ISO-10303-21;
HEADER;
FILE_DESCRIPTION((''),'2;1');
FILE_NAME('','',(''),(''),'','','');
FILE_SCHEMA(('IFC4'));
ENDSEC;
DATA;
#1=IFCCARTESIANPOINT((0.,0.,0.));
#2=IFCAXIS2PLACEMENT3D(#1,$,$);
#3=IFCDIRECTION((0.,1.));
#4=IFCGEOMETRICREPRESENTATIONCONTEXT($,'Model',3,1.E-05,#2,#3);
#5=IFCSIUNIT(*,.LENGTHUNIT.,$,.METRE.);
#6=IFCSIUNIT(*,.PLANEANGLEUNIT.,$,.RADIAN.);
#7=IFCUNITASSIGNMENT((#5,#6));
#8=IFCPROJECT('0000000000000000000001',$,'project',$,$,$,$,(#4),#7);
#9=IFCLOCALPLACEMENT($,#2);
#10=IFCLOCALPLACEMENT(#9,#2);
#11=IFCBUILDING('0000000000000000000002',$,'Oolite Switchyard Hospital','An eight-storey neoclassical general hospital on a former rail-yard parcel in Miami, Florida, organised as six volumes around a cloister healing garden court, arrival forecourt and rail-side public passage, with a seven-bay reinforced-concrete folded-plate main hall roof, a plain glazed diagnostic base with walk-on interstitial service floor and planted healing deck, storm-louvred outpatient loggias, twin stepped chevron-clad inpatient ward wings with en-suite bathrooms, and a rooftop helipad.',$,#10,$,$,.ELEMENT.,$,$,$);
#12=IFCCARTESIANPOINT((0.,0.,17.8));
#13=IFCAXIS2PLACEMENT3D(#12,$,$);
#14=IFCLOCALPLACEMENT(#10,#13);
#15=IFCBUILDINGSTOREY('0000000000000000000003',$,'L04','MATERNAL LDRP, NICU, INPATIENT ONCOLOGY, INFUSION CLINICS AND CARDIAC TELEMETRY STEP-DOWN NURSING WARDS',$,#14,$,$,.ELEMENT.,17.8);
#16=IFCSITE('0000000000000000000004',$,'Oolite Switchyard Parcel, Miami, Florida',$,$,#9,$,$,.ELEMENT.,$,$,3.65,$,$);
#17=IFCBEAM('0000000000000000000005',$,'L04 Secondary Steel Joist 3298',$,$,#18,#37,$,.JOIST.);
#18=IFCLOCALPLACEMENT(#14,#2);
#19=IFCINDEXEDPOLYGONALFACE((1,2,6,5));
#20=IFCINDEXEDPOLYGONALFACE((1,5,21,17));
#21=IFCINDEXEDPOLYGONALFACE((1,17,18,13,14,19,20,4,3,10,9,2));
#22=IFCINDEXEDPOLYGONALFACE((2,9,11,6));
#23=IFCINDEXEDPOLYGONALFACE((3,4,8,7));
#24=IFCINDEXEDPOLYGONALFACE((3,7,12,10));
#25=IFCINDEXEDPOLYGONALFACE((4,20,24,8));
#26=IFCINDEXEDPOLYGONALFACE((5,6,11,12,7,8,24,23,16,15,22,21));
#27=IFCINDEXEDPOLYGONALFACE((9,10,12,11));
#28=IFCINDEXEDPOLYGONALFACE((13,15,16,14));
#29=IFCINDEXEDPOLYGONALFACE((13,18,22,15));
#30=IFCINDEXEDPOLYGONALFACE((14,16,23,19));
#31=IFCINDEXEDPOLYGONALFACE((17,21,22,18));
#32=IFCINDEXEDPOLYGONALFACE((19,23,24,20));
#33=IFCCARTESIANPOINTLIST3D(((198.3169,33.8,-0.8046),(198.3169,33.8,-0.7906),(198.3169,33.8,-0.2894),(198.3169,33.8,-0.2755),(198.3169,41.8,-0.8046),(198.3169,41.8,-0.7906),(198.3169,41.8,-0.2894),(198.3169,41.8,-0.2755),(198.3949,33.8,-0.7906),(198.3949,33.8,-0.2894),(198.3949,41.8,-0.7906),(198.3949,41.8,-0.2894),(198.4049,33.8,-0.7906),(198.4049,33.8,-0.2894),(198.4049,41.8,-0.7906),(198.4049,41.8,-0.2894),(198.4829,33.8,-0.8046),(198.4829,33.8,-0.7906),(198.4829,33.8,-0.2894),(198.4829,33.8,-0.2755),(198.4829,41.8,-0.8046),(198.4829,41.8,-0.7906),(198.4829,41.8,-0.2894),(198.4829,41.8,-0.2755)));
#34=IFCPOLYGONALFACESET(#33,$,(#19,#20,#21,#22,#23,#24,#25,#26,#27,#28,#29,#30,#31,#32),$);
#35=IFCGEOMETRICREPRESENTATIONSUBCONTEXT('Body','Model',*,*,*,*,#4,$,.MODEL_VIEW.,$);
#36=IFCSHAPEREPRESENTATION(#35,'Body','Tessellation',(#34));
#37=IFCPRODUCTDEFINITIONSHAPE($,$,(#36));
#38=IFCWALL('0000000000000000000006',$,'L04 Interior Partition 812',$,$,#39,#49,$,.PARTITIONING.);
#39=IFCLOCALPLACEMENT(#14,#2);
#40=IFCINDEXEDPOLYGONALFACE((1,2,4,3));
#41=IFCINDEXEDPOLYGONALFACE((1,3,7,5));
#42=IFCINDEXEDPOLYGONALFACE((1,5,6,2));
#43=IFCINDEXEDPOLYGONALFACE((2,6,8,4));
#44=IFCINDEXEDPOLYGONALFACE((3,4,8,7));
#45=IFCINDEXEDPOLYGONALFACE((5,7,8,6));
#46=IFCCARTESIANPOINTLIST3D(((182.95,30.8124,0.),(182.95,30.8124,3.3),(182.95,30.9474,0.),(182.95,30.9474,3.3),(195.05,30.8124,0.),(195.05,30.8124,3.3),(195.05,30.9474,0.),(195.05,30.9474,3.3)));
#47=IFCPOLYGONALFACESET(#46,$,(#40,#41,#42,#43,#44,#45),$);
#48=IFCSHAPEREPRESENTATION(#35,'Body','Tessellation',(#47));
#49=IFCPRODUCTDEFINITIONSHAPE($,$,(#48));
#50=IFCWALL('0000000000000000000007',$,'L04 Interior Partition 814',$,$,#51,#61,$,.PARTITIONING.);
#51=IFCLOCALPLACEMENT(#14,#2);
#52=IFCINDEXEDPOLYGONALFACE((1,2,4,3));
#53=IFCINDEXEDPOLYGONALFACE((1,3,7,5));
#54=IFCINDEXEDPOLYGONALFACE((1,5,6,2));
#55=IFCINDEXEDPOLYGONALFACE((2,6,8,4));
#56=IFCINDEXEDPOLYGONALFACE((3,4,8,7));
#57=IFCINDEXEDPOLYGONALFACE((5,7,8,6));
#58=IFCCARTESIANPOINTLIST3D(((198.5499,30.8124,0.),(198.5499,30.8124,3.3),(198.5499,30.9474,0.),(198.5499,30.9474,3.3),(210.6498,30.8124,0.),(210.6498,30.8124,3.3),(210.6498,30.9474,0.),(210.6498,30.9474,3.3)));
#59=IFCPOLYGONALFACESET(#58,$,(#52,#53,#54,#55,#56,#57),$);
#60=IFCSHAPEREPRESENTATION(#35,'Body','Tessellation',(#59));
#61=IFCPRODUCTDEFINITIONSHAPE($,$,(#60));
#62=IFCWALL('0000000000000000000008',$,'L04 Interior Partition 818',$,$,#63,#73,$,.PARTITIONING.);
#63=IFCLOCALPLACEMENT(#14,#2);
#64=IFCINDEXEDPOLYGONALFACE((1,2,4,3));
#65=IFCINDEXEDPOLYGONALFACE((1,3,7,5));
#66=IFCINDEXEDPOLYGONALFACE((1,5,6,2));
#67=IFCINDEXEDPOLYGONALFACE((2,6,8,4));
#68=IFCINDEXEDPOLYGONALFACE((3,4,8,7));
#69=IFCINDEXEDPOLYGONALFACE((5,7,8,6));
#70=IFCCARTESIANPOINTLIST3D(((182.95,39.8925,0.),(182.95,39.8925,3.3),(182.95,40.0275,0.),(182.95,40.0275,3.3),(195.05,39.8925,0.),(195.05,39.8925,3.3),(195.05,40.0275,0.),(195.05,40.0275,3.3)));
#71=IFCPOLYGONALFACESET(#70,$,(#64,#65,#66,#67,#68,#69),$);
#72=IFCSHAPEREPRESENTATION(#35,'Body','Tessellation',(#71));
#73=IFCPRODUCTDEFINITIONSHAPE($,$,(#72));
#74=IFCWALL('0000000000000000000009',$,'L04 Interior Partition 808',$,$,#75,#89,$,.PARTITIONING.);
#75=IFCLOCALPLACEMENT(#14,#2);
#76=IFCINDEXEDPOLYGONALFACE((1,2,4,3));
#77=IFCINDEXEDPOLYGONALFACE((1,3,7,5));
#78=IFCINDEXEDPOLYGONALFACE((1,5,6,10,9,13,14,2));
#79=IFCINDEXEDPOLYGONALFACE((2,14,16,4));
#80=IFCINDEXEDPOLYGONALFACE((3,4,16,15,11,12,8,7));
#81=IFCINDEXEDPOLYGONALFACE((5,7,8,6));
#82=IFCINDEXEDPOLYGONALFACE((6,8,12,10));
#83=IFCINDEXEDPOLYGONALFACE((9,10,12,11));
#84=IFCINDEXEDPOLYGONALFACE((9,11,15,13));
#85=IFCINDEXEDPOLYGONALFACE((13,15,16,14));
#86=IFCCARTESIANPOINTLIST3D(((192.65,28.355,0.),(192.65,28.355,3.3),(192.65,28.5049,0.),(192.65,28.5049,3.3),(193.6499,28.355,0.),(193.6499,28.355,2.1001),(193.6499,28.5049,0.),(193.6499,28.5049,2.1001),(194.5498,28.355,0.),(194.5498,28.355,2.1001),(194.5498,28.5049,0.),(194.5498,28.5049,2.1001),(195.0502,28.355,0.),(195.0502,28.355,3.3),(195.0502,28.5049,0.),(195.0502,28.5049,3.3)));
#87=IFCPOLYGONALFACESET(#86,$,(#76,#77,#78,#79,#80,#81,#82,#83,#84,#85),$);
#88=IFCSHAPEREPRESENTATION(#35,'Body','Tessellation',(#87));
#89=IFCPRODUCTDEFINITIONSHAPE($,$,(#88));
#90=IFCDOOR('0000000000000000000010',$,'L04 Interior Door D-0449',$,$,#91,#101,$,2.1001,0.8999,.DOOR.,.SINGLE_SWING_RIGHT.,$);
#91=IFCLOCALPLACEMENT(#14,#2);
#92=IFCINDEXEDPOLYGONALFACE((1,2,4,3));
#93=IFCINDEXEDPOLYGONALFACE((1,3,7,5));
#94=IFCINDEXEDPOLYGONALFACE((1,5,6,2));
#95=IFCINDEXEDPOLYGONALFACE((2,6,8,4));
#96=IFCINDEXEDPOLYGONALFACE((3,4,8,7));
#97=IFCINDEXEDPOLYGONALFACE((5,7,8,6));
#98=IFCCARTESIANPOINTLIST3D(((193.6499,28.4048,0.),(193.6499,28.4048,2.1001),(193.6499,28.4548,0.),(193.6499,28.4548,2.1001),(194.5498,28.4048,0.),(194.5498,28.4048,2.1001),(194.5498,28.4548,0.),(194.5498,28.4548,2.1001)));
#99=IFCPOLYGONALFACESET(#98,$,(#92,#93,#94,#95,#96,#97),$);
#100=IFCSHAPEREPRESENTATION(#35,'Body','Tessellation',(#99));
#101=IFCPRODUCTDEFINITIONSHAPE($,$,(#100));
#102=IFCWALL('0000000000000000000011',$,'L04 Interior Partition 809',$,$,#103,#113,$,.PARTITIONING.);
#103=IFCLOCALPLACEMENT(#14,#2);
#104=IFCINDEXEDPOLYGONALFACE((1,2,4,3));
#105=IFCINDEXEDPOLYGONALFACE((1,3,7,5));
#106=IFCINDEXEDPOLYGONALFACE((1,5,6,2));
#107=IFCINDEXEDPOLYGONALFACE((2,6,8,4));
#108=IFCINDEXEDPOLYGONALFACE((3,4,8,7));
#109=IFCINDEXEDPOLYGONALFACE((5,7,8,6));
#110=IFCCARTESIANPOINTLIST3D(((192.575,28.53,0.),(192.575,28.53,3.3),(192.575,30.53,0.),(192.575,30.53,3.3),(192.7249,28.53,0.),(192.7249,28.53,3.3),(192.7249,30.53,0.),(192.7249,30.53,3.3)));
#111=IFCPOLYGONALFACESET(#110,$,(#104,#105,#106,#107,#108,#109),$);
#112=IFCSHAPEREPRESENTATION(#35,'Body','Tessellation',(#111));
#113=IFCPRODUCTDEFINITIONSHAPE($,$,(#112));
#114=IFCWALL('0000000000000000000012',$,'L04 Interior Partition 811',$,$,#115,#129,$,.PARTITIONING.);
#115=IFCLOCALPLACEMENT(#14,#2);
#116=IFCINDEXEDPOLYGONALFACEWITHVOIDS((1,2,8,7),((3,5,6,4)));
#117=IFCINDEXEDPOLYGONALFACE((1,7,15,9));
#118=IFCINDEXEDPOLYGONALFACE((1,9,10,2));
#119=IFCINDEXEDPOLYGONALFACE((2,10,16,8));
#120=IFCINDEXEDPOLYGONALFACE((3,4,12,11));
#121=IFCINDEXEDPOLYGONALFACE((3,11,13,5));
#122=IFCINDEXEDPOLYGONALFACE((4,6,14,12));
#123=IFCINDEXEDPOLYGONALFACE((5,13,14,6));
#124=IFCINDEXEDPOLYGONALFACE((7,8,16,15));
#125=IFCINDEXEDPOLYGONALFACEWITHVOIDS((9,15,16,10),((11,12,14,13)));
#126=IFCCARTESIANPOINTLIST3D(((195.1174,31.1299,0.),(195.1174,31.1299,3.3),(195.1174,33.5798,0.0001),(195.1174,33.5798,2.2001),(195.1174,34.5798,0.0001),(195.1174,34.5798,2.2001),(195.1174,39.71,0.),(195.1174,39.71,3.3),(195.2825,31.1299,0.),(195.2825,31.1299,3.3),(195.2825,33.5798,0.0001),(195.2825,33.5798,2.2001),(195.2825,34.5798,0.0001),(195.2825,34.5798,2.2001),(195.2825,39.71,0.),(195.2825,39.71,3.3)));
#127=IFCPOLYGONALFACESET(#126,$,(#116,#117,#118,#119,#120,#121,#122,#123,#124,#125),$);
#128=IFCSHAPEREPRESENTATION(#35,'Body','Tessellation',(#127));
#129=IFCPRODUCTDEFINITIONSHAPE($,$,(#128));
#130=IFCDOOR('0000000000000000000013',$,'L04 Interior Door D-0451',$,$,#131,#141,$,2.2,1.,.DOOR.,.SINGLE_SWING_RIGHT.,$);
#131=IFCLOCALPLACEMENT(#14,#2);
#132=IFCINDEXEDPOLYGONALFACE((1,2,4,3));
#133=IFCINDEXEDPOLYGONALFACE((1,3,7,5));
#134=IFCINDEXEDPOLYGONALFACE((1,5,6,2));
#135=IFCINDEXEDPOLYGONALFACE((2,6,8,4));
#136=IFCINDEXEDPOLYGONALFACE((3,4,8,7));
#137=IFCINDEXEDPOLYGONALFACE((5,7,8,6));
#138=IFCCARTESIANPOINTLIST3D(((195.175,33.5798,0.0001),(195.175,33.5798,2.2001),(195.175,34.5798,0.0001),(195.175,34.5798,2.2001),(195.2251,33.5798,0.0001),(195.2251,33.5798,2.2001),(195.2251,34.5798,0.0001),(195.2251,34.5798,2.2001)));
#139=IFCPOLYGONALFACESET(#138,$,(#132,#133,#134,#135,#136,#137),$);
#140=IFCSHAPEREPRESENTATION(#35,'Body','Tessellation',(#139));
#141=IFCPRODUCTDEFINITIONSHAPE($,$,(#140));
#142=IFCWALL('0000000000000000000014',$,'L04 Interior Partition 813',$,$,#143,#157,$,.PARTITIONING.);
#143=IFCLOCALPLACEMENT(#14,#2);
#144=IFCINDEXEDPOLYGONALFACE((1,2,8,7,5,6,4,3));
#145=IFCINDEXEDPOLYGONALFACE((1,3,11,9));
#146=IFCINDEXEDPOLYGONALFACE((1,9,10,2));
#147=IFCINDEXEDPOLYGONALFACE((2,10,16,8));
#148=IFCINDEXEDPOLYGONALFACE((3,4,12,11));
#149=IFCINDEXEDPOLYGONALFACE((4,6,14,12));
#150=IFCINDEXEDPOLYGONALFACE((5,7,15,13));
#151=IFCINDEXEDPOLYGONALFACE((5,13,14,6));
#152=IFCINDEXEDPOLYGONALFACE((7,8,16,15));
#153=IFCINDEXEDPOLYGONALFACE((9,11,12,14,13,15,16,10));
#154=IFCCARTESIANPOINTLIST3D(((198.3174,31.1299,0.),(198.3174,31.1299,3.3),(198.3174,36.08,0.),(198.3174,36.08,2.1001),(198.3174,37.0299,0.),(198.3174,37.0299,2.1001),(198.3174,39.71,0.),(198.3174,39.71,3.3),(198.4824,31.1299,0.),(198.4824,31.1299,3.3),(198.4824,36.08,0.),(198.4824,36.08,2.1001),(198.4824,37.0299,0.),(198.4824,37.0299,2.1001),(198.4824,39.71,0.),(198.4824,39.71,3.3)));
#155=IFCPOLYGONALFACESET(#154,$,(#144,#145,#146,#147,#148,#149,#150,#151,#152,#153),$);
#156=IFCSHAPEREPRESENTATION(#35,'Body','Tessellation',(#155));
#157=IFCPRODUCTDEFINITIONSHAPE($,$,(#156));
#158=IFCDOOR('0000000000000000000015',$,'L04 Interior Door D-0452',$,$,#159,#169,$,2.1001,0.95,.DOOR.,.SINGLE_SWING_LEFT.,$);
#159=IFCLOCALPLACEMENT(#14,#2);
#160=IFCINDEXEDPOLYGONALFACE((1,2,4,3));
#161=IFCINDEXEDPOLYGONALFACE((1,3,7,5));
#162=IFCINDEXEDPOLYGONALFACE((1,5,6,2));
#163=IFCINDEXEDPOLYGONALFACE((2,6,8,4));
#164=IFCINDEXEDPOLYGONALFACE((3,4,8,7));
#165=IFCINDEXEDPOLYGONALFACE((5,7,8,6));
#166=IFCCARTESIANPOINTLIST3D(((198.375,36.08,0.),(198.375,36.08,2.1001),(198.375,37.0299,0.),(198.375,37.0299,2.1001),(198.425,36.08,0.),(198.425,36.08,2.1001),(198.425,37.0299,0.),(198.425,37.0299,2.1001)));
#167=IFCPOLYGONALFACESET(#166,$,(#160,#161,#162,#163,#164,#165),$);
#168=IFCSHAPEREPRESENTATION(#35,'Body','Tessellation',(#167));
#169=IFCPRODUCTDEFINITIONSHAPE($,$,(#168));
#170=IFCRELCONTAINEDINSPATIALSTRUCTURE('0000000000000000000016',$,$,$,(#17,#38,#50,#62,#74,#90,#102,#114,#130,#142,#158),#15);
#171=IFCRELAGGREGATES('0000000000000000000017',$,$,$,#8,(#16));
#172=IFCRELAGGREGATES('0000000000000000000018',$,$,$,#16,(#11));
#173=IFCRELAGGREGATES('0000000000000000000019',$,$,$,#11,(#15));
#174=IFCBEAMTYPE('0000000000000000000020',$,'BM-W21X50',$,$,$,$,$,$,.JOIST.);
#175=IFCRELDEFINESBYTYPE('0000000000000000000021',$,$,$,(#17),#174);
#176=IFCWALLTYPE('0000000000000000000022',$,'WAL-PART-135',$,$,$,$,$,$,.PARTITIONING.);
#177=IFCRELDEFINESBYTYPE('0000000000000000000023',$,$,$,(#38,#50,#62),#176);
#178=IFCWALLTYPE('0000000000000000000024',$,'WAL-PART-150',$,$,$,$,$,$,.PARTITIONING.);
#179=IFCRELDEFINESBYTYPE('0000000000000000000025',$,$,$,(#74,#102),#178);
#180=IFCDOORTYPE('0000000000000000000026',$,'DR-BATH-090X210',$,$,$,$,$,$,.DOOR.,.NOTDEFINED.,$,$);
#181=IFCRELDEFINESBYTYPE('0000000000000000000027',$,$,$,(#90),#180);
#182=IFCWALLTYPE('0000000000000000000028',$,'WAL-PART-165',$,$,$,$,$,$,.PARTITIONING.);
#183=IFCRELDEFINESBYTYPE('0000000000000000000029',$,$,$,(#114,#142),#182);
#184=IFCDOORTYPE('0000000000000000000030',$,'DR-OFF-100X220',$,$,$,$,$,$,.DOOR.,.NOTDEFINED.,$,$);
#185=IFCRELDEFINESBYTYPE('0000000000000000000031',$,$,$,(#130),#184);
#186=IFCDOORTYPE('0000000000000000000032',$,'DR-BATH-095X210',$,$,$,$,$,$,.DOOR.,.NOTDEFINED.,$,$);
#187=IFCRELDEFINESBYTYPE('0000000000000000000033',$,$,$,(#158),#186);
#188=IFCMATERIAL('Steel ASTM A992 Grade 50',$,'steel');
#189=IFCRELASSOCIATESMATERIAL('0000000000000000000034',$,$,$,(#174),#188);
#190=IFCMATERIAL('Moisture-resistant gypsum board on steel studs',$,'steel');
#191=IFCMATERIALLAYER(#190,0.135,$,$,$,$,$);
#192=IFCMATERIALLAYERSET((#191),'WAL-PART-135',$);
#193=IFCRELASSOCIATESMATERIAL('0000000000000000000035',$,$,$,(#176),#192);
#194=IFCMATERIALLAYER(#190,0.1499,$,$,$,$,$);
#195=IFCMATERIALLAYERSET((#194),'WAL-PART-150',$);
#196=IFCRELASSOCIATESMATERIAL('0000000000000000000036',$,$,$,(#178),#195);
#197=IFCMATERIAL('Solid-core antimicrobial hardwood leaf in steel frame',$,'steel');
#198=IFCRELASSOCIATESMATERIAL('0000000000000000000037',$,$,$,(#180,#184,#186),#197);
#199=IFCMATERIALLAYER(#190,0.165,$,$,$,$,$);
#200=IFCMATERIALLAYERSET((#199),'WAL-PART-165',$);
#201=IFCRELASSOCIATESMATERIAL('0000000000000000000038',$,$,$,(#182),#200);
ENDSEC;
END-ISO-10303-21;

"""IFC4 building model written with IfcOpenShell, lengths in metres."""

from ifc_helpers import new_model, si_unit, direction, frame, frame_2d, origin, origin_2d, place, context, subcontext, project, spatial, rectangle, i_section, extrude, material, layer, layer_set, material_profile, profile_set, type_object, element, fill, save


model = new_model("IFC4")

# Units and contexts
model_context = context("Model", 3, precision=1e-05, world=origin(), true_north=direction((0.0, 1.0)))
body_context = subcontext(model_context, "Body", "Model", "MODEL_VIEW")
ifc_project = project(units=[si_unit("LENGTHUNIT", "METRE"), si_unit("PLANEANGLEUNIT", "RADIAN")], contexts=[model_context])

# Site, building, storey
site_placement = place(None, origin())
site = spatial("IfcSite", under=ifc_project, at=site_placement, Name="Oolite Switchyard Parcel, Miami, Florida", CompositionType="ELEMENT", RefElevation=3.65)
building_placement = place(site_placement, origin())
building = spatial("IfcBuilding", under=site, at=building_placement, Name="Oolite Switchyard Hospital", Description="An eight-storey neoclassical general hospital on a former rail-yard parcel in Miami, Florida, organised as six volumes around a cloister healing garden court, arrival forecourt and rail-side public passage, with a seven-bay reinforced-concrete folded-plate main hall roof, a plain glazed diagnostic base with walk-on interstitial service floor and planted healing deck, storm-louvred outpatient loggias, twin stepped chevron-clad inpatient ward wings with en-suite bathrooms, and a rooftop helipad.", CompositionType="ELEMENT")
storey_placement = place(building_placement, frame((0.0, 0.0, 17.8)))
storey = spatial("IfcBuildingStorey", under=building, at=storey_placement, Name="L04", Description="MATERNAL LDRP, NICU, INPATIENT ONCOLOGY, INFUSION CLINICS AND CARDIAC TELEMETRY STEP-DOWN NURSING WARDS", CompositionType="ELEMENT", Elevation=17.8)

# Beam
ifc_material_1 = material(Name="Steel ASTM A992 Grade 50", Category="steel")
ifc_material_profile_1 = material_profile(ifc_material_1, i_section(OverallWidth=0.166, OverallDepth=0.5291, WebThickness=0.01, FlangeThickness=0.0139, at=origin_2d()), Name="W21X50")
ifc_profile_set_1 = profile_set([ifc_material_profile_1], Name="Steel ASTM A992 Grade 50")
beam_type_1 = type_object("IfcBeamType", Name="BM-W21X50", PredefinedType="JOIST", material=ifc_profile_set_1)
beam_1_placement = place(storey_placement, frame((198.3999, 33.8, -0.54), z_axis=(0.0, 1.0, 0.0), x_axis=(-1.0, 0.0, 0.0)))
element("IfcBeam", 1, at=beam_1_placement, inside=storey, type_object=beam_type_1, Name="L04 Secondary Steel Joist 3298", PredefinedType="JOIST", context=body_context, shape_type="SweptSolid", body=[
    extrude(i_section(OverallWidth=0.166, OverallDepth=0.5291, WebThickness=0.01, FlangeThickness=0.0139, at=origin_2d()), origin(), (0.0, 0.0, 1.0), 8.0),
])

# Walls
ifc_material_2 = material(Name="Moisture-resistant gypsum board on steel studs", Category="steel")
ifc_layer_1 = layer(ifc_material_2, 0.135)
ifc_layer_set_1 = layer_set([ifc_layer_1], Name="WAL-PART-135")
wall_type_1 = type_object("IfcWallType", Name="WAL-PART-135", PredefinedType="PARTITIONING", material=ifc_layer_set_1)
wall_1_placement = place(storey_placement, frame((182.95, 30.8799, 0.0), z_axis=(0.0, 0.0, 1.0), x_axis=(1.0, 0.0, 0.0)))
element("IfcWall", 2, at=wall_1_placement, inside=storey, type_object=wall_type_1, Name="L04 Interior Partition 812", PredefinedType="PARTITIONING", context=body_context, shape_type="SweptSolid", body=[
    extrude(rectangle(XDim=12.1001, YDim=0.135, at=frame_2d((6.05, 0.0))), origin(), (0.0, 0.0, 1.0), 3.3),
])
wall_2_placement = place(storey_placement, frame((198.55, 30.8799, 0.0), z_axis=(0.0, 0.0, 1.0), x_axis=(1.0, 0.0, 0.0)))
element("IfcWall", 3, at=wall_2_placement, inside=storey, type_object=wall_type_1, Name="L04 Interior Partition 814", PredefinedType="PARTITIONING", context=body_context, shape_type="SweptSolid", body=[
    extrude(rectangle(XDim=12.0999, YDim=0.135, at=frame_2d((6.0498, 0.0))), origin(), (0.0, 0.0, 1.0), 3.3),
])
wall_3_placement = place(storey_placement, frame((182.95, 39.96, 0.0), z_axis=(0.0, 0.0, 1.0), x_axis=(1.0, 0.0, 0.0)))
element("IfcWall", 4, at=wall_3_placement, inside=storey, type_object=wall_type_1, Name="L04 Interior Partition 818", PredefinedType="PARTITIONING", context=body_context, shape_type="SweptSolid", body=[
    extrude(rectangle(XDim=12.1001, YDim=0.135, at=frame_2d((6.05, 0.0))), origin(), (0.0, 0.0, 1.0), 3.3),
])

# Wall, opening, door
ifc_layer_2 = layer(ifc_material_2, 0.1499)
ifc_layer_set_2 = layer_set([ifc_layer_2], Name="WAL-PART-150")
wall_type_2 = type_object("IfcWallType", Name="WAL-PART-150", PredefinedType="PARTITIONING", material=ifc_layer_set_2)
wall_4_placement = place(storey_placement, frame((192.6499, 28.4299, 0.0), z_axis=(0.0, 0.0, 1.0), x_axis=(1.0, 0.0, 0.0)))
wall_4 = element("IfcWall", 5, at=wall_4_placement, inside=storey, type_object=wall_type_2, Name="L04 Interior Partition 808", PredefinedType="PARTITIONING", context=body_context, shape_type="SweptSolid", body=[
    extrude(rectangle(XDim=2.4001, YDim=0.1499, at=frame_2d((1.2002, 0.0))), origin(), (0.0, 0.0, 1.0), 3.3),
])
opening_1_placement = place(wall_4_placement, frame((1.0, 0.0, 0.0)))
opening_1 = element("IfcOpeningElement", 6, at=opening_1_placement, cuts=wall_4, PredefinedType="OPENING", context=body_context, shape_type="SweptSolid", body=[
    extrude(rectangle(XDim=0.8999, YDim=2.1001, at=frame_2d((0.45, 1.05))), frame((0.0, 0.085, 0.0), z_axis=(0.0, -1.0, 0.0), x_axis=(1.0, 0.0, 0.0)), (0.0, 0.0, 1.0), 0.1699),
])
ifc_material_3 = material(Name="Solid-core antimicrobial hardwood leaf in steel frame", Category="steel")
door_type_1 = type_object("IfcDoorType", Name="DR-BATH-090X210", OperationType="NOTDEFINED", PredefinedType="DOOR", material=ifc_material_3)
door_1_placement = place(opening_1_placement, origin())
door_1 = element("IfcDoor", 7, at=door_1_placement, inside=storey, type_object=door_type_1, Name="L04 Interior Door D-0449", OperationType="SINGLE_SWING_RIGHT", OverallHeight=2.1001, OverallWidth=0.8999, PredefinedType="DOOR", context=body_context, shape_type="SweptSolid", body=[
    extrude(rectangle(XDim=0.8999, YDim=2.1001, at=frame_2d((0.45, 1.05))), frame((0.0, 0.0249, 0.0), z_axis=(0.0, -1.0, 0.0), x_axis=(1.0, 0.0, 0.0)), (0.0, 0.0, 1.0), 0.05),
])
fill(opening_1, door_1)

# Wall
wall_5_placement = place(storey_placement, frame((192.6499, 28.53, 0.0), z_axis=(0.0, 0.0, 1.0), x_axis=(0.0, 1.0, 0.0)))
element("IfcWall", 8, at=wall_5_placement, inside=storey, type_object=wall_type_2, Name="L04 Interior Partition 809", PredefinedType="PARTITIONING", context=body_context, shape_type="SweptSolid", body=[
    extrude(rectangle(XDim=2.0, YDim=0.1499, at=frame_2d((1.0, 0.0))), origin(), (0.0, 0.0, 1.0), 3.3),
])

# Walls, openings, doors
ifc_layer_3 = layer(ifc_material_2, 0.165)
ifc_layer_set_3 = layer_set([ifc_layer_3], Name="WAL-PART-165")
wall_type_3 = type_object("IfcWallType", Name="WAL-PART-165", PredefinedType="PARTITIONING", material=ifc_layer_set_3)
wall_6_placement = place(storey_placement, frame((195.2, 31.1299, 0.0), z_axis=(0.0, 0.0, 1.0), x_axis=(0.0, 1.0, 0.0)))
wall_6 = element("IfcWall", 9, at=wall_6_placement, inside=storey, type_object=wall_type_3, Name="L04 Interior Partition 811", PredefinedType="PARTITIONING", context=body_context, shape_type="SweptSolid", body=[
    extrude(rectangle(XDim=8.5801, YDim=0.165, at=frame_2d((4.29, 0.0))), origin(), (0.0, 0.0, 1.0), 3.3),
])
opening_2_placement = place(wall_6_placement, frame((2.45, 0.0, 0.0)))
opening_2 = element("IfcOpeningElement", 10, at=opening_2_placement, cuts=wall_6, PredefinedType="OPENING", context=body_context, shape_type="SweptSolid", body=[
    extrude(rectangle(XDim=1.0, YDim=2.2, at=frame_2d((0.5, 1.1001))), frame((0.0, 0.0925, 0.0), z_axis=(0.0, -1.0, 0.0), x_axis=(1.0, 0.0, 0.0)), (0.0, 0.0, 1.0), 0.1851),
])
door_type_2 = type_object("IfcDoorType", Name="DR-OFF-100X220", OperationType="NOTDEFINED", PredefinedType="DOOR", material=ifc_material_3)
door_2_placement = place(opening_2_placement, origin())
door_2 = element("IfcDoor", 11, at=door_2_placement, inside=storey, type_object=door_type_2, Name="L04 Interior Door D-0451", OperationType="SINGLE_SWING_RIGHT", OverallHeight=2.2, OverallWidth=1.0, PredefinedType="DOOR", context=body_context, shape_type="SweptSolid", body=[
    extrude(rectangle(XDim=1.0, YDim=2.2, at=frame_2d((0.5, 1.1001))), frame((0.0, 0.0249, 0.0), z_axis=(0.0, -1.0, 0.0), x_axis=(1.0, 0.0, 0.0)), (0.0, 0.0, 1.0), 0.05),
])
fill(opening_2, door_2)
wall_7_placement = place(storey_placement, frame((198.3999, 31.1299, 0.0), z_axis=(0.0, 0.0, 1.0), x_axis=(0.0, 1.0, 0.0)))
wall_7 = element("IfcWall", 12, at=wall_7_placement, inside=storey, type_object=wall_type_3, Name="L04 Interior Partition 813", PredefinedType="PARTITIONING", context=body_context, shape_type="SweptSolid", body=[
    extrude(rectangle(XDim=8.5801, YDim=0.165, at=frame_2d((4.29, 0.0))), origin(), (0.0, 0.0, 1.0), 3.3),
])
opening_3_placement = place(wall_7_placement, frame((4.95, 0.0, 0.0)))
opening_3 = element("IfcOpeningElement", 13, at=opening_3_placement, cuts=wall_7, PredefinedType="OPENING", context=body_context, shape_type="SweptSolid", body=[
    extrude(rectangle(XDim=0.95, YDim=2.1001, at=frame_2d((0.4751, 1.05))), frame((0.0, 0.0925, 0.0), z_axis=(0.0, -1.0, 0.0), x_axis=(1.0, 0.0, 0.0)), (0.0, 0.0, 1.0), 0.1851),
])
door_type_3 = type_object("IfcDoorType", Name="DR-BATH-095X210", OperationType="NOTDEFINED", PredefinedType="DOOR", material=ifc_material_3)
door_3_placement = place(opening_3_placement, origin())
door_3 = element("IfcDoor", 14, at=door_3_placement, inside=storey, type_object=door_type_3, Name="L04 Interior Door D-0452", OperationType="SINGLE_SWING_LEFT", OverallHeight=2.1001, OverallWidth=0.95, PredefinedType="DOOR", context=body_context, shape_type="SweptSolid", body=[
    extrude(rectangle(XDim=0.95, YDim=2.1001, at=frame_2d((0.4751, 1.05))), frame((0.0, 0.0249, 0.0), z_axis=(0.0, -1.0, 0.0), x_axis=(1.0, 0.0, 0.0)), (0.0, 0.0, 1.0), 0.05),
])
fill(opening_3, door_3)

save(model, "model.ifc")
